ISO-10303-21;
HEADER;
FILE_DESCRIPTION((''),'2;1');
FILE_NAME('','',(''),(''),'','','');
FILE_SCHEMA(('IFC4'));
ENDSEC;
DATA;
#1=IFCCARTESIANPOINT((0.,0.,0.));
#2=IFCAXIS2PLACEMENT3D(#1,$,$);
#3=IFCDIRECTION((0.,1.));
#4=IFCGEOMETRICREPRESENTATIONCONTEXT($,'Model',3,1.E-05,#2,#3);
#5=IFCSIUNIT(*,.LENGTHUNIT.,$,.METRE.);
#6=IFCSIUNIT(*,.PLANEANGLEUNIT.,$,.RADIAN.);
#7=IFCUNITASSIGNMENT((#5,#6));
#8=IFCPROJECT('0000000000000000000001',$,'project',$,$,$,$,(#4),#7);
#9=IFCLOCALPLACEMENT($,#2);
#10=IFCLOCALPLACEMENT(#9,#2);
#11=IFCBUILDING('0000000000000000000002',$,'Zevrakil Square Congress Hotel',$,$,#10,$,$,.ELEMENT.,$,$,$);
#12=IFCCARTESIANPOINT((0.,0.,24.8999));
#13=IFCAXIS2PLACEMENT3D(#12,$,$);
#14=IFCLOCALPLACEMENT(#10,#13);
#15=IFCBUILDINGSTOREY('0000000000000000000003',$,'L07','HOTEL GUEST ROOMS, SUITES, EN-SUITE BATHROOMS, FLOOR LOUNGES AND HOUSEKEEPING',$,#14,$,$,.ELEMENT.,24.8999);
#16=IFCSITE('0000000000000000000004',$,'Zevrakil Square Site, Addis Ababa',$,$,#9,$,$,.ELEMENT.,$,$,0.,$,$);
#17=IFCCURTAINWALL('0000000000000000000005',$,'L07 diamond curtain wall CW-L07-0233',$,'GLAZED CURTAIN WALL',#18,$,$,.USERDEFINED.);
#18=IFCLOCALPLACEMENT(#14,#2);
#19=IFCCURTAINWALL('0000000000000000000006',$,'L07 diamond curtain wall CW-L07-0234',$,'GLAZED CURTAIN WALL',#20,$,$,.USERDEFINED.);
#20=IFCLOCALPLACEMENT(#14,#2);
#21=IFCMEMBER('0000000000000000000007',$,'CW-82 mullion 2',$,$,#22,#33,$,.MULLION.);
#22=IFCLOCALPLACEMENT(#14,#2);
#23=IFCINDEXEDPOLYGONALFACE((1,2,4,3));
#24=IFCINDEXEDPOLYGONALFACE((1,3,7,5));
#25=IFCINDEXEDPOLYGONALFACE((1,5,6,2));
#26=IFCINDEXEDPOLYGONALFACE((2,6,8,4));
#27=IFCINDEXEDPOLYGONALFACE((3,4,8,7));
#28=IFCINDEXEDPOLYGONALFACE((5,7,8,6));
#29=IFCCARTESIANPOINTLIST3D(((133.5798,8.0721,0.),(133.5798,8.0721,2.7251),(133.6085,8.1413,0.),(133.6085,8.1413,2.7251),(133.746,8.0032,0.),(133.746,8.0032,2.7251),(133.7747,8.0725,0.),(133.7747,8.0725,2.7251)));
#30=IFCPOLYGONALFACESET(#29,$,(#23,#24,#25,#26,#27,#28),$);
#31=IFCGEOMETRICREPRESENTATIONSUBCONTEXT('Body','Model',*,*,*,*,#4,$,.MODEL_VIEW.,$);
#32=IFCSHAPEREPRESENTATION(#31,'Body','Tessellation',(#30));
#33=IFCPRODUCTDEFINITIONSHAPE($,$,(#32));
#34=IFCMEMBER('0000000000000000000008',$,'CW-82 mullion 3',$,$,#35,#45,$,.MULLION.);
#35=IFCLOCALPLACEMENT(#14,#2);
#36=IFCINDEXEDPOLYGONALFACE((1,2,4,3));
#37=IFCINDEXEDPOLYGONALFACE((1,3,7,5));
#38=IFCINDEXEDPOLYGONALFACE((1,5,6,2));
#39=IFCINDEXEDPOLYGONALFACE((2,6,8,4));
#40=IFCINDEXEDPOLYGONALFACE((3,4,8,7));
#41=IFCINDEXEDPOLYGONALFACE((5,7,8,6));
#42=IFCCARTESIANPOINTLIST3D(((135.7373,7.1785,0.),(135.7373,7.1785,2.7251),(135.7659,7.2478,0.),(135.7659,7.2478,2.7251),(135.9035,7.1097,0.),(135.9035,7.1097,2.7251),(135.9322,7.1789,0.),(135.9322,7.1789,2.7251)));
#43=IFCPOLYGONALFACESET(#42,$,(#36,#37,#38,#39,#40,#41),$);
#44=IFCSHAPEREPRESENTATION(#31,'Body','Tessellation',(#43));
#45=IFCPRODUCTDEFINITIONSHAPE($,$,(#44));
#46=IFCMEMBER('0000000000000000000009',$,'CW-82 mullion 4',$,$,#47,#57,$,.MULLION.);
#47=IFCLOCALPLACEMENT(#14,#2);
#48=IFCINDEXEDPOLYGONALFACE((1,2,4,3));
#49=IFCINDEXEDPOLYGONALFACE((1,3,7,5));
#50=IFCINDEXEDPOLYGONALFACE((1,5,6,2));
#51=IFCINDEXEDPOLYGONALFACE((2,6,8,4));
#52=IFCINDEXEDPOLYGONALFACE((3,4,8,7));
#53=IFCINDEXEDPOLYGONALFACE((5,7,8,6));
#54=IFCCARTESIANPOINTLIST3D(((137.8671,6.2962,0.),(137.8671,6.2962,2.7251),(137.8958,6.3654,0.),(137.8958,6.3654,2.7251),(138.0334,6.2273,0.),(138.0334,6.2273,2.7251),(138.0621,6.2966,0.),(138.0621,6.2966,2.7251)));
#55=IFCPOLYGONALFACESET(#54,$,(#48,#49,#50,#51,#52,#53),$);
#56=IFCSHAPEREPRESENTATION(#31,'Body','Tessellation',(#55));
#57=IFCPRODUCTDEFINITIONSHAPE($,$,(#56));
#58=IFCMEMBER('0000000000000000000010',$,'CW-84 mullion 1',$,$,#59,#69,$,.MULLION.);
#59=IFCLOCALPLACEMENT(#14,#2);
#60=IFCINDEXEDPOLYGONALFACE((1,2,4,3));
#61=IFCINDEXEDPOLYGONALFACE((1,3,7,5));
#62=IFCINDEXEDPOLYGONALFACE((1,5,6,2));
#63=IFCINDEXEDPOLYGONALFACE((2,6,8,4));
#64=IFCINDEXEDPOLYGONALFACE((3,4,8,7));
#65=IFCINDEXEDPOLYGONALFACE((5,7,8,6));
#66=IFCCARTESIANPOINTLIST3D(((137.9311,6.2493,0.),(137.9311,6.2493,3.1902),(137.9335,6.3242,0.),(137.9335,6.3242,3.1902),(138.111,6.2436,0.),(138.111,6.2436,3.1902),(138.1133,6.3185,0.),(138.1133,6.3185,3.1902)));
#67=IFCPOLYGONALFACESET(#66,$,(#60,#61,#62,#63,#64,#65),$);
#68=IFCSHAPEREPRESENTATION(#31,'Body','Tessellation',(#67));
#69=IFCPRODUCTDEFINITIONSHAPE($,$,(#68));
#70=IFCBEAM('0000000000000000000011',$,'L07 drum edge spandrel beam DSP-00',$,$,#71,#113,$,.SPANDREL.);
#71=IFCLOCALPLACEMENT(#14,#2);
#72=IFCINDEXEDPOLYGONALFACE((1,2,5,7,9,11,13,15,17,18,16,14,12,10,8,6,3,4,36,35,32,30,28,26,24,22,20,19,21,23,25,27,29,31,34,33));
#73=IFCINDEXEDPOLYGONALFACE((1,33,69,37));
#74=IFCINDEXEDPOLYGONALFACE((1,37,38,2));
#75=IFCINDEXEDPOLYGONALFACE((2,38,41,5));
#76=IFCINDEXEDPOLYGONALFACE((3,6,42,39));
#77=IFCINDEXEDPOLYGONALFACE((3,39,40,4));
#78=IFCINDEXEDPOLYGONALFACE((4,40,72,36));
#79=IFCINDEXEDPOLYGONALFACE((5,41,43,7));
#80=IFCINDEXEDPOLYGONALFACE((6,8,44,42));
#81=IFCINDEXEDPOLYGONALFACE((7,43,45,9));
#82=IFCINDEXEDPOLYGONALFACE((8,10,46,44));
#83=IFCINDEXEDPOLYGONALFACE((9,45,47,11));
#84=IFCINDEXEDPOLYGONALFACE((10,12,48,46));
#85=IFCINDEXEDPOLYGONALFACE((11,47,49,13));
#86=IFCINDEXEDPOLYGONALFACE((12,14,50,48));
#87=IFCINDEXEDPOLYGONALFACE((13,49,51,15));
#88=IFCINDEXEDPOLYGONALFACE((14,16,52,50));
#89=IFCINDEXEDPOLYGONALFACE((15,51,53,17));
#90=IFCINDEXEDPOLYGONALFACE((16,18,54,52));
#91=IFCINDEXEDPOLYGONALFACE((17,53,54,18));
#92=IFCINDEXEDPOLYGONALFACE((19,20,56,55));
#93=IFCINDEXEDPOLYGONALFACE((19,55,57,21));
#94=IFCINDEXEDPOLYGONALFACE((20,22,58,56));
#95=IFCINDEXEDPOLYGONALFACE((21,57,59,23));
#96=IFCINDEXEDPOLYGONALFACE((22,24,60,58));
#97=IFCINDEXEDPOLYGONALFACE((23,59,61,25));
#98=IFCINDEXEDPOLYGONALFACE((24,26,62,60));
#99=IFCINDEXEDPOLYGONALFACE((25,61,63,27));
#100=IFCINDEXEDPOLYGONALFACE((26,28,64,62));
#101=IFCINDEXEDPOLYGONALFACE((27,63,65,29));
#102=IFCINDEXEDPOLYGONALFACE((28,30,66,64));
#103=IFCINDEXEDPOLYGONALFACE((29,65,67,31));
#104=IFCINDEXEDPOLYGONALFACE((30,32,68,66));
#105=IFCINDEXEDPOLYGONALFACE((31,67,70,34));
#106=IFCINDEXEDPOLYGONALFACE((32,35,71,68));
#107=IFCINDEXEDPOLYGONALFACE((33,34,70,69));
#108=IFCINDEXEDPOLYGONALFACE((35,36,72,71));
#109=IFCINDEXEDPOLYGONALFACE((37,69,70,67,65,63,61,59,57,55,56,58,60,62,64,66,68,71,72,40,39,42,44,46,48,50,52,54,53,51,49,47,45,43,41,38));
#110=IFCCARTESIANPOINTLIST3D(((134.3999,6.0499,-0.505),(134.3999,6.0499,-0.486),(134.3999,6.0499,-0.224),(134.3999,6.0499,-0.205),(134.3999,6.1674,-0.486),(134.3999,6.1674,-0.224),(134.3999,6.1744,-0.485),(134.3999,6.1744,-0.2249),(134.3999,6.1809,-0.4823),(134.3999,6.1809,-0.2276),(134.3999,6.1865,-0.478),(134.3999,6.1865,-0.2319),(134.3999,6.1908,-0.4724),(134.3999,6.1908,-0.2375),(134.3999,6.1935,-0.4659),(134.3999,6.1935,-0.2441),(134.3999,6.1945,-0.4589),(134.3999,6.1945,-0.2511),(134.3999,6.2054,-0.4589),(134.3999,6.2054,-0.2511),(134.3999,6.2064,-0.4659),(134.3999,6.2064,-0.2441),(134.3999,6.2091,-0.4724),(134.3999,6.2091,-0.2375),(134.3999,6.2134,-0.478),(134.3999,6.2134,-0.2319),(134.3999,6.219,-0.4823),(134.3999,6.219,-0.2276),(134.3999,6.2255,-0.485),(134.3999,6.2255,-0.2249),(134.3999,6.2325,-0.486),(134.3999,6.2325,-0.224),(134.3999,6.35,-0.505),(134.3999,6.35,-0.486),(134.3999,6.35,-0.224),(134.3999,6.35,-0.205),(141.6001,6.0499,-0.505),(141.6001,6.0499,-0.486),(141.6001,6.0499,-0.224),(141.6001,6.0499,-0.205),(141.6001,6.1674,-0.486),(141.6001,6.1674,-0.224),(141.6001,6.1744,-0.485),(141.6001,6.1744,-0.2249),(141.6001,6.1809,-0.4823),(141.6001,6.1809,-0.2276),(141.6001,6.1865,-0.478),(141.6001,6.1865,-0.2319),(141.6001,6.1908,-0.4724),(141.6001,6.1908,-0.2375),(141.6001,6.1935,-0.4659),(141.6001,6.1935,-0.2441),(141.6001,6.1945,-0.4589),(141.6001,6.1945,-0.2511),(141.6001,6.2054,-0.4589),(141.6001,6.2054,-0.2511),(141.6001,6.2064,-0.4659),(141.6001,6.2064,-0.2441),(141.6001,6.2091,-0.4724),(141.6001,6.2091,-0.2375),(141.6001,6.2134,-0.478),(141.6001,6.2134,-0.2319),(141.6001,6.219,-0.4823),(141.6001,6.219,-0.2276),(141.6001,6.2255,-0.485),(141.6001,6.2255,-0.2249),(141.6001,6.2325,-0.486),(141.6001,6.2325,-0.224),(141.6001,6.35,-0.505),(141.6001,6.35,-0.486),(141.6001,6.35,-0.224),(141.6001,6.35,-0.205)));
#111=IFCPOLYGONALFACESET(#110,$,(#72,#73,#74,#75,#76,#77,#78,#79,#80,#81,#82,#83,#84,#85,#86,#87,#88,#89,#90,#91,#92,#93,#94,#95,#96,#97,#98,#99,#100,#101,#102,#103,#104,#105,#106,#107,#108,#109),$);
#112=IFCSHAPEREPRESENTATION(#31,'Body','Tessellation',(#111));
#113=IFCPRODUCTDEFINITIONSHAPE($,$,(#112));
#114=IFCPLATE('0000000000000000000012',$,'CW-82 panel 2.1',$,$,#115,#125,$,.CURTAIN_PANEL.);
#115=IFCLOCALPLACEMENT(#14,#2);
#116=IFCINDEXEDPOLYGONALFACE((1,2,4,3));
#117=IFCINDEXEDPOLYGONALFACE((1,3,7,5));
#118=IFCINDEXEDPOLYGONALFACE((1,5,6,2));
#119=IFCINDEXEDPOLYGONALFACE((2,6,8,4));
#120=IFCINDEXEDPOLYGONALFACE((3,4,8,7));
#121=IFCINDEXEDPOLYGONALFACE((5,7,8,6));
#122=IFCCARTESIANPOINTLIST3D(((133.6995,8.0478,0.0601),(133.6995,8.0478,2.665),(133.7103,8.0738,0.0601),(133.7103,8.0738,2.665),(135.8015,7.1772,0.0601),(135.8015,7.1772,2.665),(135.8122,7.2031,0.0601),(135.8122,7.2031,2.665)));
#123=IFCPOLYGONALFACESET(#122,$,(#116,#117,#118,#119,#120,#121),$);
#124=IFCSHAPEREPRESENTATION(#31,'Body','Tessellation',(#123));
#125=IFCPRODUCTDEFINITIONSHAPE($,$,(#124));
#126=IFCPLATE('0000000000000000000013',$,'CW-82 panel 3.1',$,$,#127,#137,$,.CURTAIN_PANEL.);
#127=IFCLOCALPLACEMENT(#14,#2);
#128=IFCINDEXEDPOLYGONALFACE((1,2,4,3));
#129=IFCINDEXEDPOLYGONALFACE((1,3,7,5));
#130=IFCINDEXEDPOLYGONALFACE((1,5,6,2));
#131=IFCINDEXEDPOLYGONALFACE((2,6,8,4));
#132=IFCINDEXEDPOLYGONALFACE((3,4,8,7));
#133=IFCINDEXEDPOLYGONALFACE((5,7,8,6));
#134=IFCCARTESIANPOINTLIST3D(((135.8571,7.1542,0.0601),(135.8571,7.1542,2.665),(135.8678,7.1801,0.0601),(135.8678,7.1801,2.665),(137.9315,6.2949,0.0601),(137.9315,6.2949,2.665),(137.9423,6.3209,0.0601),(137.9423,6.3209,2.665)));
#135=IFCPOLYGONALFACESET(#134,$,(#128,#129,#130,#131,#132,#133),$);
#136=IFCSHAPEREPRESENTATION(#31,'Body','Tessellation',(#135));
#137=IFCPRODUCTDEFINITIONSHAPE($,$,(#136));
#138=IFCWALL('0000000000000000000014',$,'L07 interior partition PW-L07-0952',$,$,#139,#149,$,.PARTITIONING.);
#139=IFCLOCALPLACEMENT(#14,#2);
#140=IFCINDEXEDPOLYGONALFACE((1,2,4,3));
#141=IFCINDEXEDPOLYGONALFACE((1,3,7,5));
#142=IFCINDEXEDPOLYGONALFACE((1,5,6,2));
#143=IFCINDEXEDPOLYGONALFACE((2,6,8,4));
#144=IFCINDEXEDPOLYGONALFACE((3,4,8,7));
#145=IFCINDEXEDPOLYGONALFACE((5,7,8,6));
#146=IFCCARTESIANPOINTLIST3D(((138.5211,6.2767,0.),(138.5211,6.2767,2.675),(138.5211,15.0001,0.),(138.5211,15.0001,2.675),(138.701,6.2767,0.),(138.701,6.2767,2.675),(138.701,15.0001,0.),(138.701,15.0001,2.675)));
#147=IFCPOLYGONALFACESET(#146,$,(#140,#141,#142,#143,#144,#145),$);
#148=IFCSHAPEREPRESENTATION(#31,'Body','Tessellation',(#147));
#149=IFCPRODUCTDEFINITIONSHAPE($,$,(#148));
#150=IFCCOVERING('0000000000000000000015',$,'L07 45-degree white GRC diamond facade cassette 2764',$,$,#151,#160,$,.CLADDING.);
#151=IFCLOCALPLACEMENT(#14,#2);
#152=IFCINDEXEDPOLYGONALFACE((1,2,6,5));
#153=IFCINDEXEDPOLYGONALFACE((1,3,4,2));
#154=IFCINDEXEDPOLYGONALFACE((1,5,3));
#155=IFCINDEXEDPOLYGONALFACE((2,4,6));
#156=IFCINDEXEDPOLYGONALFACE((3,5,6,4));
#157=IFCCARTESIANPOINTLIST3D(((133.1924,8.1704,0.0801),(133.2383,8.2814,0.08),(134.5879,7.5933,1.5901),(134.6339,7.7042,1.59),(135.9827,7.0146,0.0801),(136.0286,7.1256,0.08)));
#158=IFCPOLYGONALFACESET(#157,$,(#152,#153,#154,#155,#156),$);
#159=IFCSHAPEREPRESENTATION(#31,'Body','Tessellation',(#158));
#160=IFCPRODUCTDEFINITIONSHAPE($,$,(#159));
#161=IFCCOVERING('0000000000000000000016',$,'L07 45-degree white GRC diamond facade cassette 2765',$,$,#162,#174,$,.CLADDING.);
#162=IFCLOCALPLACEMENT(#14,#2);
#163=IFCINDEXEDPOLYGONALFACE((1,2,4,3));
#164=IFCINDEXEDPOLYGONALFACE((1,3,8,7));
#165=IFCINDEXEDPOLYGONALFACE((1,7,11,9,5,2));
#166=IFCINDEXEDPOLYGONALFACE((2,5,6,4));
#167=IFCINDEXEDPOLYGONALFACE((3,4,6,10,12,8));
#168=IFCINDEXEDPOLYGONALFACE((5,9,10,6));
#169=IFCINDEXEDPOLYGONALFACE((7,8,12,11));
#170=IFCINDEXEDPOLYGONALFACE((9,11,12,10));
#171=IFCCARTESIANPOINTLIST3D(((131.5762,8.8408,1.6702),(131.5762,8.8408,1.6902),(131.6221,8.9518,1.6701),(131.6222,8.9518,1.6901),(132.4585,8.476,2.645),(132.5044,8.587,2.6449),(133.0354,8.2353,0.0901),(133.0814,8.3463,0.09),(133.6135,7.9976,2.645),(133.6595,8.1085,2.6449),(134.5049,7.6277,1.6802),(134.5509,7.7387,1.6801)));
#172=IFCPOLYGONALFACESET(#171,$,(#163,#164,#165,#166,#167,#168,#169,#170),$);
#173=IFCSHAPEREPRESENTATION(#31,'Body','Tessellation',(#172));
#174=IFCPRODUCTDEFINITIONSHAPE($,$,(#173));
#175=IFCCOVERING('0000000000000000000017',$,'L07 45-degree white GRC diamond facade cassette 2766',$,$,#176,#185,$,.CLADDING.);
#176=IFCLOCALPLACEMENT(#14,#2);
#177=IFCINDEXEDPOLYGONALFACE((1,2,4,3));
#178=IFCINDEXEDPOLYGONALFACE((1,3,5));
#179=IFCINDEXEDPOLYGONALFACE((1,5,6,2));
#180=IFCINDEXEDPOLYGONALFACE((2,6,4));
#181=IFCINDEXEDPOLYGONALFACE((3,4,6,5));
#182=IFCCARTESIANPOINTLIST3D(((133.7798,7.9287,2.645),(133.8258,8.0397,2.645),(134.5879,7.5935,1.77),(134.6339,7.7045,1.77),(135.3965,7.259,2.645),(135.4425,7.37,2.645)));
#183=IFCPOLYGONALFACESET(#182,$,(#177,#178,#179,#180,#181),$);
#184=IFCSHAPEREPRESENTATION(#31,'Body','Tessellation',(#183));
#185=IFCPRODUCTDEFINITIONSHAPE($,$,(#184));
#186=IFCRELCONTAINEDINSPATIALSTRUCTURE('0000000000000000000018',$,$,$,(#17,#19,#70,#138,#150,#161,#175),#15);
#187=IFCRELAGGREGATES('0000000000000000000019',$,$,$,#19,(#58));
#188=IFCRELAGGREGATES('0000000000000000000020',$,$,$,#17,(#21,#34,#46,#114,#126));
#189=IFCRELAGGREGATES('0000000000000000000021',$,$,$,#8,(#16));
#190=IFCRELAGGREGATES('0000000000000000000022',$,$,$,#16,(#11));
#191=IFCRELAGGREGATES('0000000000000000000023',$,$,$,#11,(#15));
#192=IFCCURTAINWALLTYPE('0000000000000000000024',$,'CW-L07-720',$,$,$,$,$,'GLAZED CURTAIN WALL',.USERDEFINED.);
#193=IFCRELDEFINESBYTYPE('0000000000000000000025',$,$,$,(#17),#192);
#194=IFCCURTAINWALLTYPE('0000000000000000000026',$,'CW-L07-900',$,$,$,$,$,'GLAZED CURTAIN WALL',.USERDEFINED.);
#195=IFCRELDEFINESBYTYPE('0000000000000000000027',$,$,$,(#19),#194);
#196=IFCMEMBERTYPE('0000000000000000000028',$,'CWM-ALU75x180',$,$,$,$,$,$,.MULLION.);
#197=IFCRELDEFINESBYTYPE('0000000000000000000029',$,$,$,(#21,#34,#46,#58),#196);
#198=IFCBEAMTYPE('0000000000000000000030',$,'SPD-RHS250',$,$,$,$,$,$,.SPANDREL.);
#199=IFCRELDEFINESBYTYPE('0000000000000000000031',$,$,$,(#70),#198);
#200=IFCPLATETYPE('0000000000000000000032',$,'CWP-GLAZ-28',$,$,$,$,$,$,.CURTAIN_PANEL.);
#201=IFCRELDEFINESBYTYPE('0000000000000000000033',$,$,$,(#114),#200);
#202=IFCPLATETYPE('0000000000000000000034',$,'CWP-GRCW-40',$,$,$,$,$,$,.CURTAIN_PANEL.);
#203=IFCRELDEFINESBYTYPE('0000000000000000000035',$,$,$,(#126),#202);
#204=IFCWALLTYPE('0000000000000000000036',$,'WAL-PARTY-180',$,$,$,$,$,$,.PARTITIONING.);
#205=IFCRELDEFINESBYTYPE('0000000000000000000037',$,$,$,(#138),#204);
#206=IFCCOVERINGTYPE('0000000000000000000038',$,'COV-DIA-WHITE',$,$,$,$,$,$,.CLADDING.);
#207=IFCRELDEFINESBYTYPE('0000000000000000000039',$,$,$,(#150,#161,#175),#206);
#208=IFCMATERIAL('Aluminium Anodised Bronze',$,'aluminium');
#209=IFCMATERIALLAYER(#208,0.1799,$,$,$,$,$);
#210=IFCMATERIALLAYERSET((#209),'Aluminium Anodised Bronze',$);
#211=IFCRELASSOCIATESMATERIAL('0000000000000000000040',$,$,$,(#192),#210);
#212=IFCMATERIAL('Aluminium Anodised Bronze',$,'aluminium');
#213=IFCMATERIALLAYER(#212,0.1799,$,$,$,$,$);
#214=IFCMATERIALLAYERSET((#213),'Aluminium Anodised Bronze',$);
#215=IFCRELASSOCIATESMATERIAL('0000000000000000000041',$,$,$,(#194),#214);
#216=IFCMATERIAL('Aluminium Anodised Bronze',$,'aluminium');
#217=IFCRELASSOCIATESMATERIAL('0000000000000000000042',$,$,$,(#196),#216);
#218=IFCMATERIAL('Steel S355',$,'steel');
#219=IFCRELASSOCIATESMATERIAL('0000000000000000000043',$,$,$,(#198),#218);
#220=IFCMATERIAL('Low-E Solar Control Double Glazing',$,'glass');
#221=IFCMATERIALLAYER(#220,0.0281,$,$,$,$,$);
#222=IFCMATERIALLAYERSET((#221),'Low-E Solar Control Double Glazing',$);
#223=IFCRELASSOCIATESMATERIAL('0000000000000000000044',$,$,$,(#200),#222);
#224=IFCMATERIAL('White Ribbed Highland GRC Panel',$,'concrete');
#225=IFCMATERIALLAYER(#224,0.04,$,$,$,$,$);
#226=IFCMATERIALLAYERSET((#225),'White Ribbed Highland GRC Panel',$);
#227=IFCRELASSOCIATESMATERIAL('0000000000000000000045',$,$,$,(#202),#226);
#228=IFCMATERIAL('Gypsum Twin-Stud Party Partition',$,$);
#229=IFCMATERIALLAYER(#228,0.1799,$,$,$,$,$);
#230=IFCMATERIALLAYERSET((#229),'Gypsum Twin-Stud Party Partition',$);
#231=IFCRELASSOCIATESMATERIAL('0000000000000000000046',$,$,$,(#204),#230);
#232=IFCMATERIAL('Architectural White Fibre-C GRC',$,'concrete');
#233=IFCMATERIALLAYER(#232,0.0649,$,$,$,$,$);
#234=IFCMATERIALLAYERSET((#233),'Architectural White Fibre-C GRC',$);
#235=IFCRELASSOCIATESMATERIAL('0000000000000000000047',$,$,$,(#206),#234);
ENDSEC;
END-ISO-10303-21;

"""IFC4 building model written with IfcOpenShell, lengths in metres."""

from ifc_helpers import new_model, si_unit, direction, frame, frame_2d, origin, origin_2d, place, context, subcontext, project, spatial, polyline, rectangle, i_section, outline, extrude, material, layer, layer_set, material_profile, profile_set, type_object, element, aggregate, save


model = new_model("IFC4")

# Units and contexts
model_context = context("Model", 3, precision=1e-05, world=origin(), true_north=direction((0.0, 1.0)))
body_context = subcontext(model_context, "Body", "Model", "MODEL_VIEW")
ifc_project = project(units=[si_unit("LENGTHUNIT", "METRE"), si_unit("PLANEANGLEUNIT", "RADIAN")], contexts=[model_context])

# Site, building, storey
site_placement = place(None, origin())
site = spatial("IfcSite", under=ifc_project, at=site_placement, Name="Zevrakil Square Site, Addis Ababa", CompositionType="ELEMENT", RefElevation=0.0)
building_placement = place(site_placement, origin())
building = spatial("IfcBuilding", under=site, at=building_placement, Name="Zevrakil Square Congress Hotel", CompositionType="ELEMENT")
storey_placement = place(building_placement, frame((0.0, 0.0, 24.8999)))
storey = spatial("IfcBuildingStorey", under=building, at=storey_placement, Name="L07", Description="HOTEL GUEST ROOMS, SUITES, EN-SUITE BATHROOMS, FLOOR LOUNGES AND HOUSEKEEPING", CompositionType="ELEMENT", Elevation=24.8999)

# Curtain walls
ifc_material_1 = material(Name="Aluminium Anodised Bronze", Category="aluminium")
ifc_layer_1 = layer(ifc_material_1, 0.1799)
ifc_layer_set_1 = layer_set([ifc_layer_1], Name="Aluminium Anodised Bronze")
curtain_wall_type_1 = type_object("IfcCurtainWallType", Name="CW-L07-720", ElementType="GLAZED CURTAIN WALL", PredefinedType="USERDEFINED", material=ifc_layer_set_1)
curtain_wall_1_placement = place(storey_placement, origin())
curtain_wall_1 = element("IfcCurtainWall", 1, at=curtain_wall_1_placement, inside=storey, type_object=curtain_wall_type_1, Name="L07 diamond curtain wall CW-L07-0233", ObjectType="GLAZED CURTAIN WALL", PredefinedType="USERDEFINED")
ifc_material_2 = material(Name="Aluminium Anodised Bronze", Category="aluminium")
ifc_layer_2 = layer(ifc_material_2, 0.1799)
ifc_layer_set_2 = layer_set([ifc_layer_2], Name="Aluminium Anodised Bronze")
curtain_wall_type_2 = type_object("IfcCurtainWallType", Name="CW-L07-900", ElementType="GLAZED CURTAIN WALL", PredefinedType="USERDEFINED", material=ifc_layer_set_2)
curtain_wall_2_placement = place(storey_placement, origin())
curtain_wall_2 = element("IfcCurtainWall", 2, at=curtain_wall_2_placement, inside=storey, type_object=curtain_wall_type_2, Name="L07 diamond curtain wall CW-L07-0234", ObjectType="GLAZED CURTAIN WALL", PredefinedType="USERDEFINED")

# Members
ifc_material_3 = material(Name="Aluminium Anodised Bronze", Category="aluminium")
ifc_material_profile_1 = material_profile(ifc_material_3, rectangle(XDim=0.075, YDim=0.1799, at=origin_2d()), Name="ALU 75x180")
ifc_profile_set_1 = profile_set([ifc_material_profile_1], Name="Aluminium Anodised Bronze")
member_type_1 = type_object("IfcMemberType", Name="CWM-ALU75x180", PredefinedType="MULLION", material=ifc_profile_set_1)
member_1_placement = place(storey_placement, frame((133.6772, 8.0723, 0.0), z_axis=(0.0, 0.0, 1.0), x_axis=(0.382684, 0.923879, 0.0)))
member_1 = element("IfcMember", 3, at=member_1_placement, type_object=member_type_1, Name="CW-82 mullion 2", PredefinedType="MULLION", context=body_context, shape_type="SweptSolid", body=[
    extrude(rectangle(XDim=0.075, YDim=0.1799, at=origin_2d()), origin(), (0.0, 0.0, 1.0), 2.7251),
])
member_2_placement = place(storey_placement, frame((135.8347, 7.1787, 0.0), z_axis=(0.0, 0.0, 1.0), x_axis=(0.382684, 0.923879, 0.0)))
member_2 = element("IfcMember", 4, at=member_2_placement, type_object=member_type_1, Name="CW-82 mullion 3", PredefinedType="MULLION", context=body_context, shape_type="SweptSolid", body=[
    extrude(rectangle(XDim=0.075, YDim=0.1799, at=origin_2d()), origin(), (0.0, 0.0, 1.0), 2.7251),
])
member_3_placement = place(storey_placement, frame((137.9646, 6.2964, 0.0), z_axis=(0.0, 0.0, 1.0), x_axis=(0.382684, 0.923879, 0.0)))
member_3 = element("IfcMember", 5, at=member_3_placement, type_object=member_type_1, Name="CW-82 mullion 4", PredefinedType="MULLION", context=body_context, shape_type="SweptSolid", body=[
    extrude(rectangle(XDim=0.075, YDim=0.1799, at=origin_2d()), origin(), (0.0, 0.0, 1.0), 2.7251),
])
member_4_placement = place(storey_placement, frame((138.0222, 6.2839, 0.0), z_axis=(0.0, 0.0, 1.0), x_axis=(0.031598, 0.999501, 0.0)))
member_4 = element("IfcMember", 6, at=member_4_placement, type_object=member_type_1, Name="CW-84 mullion 1", PredefinedType="MULLION", context=body_context, shape_type="SweptSolid", body=[
    extrude(rectangle(XDim=0.075, YDim=0.1799, at=origin_2d()), origin(), (0.0, 0.0, 1.0), 3.1902),
])
aggregate(curtain_wall_2, [member_4])

# Beam
ifc_material_4 = material(Name="Steel S355", Category="steel")
ifc_material_profile_2 = material_profile(ifc_material_4, i_section(OverallWidth=0.3, OverallDepth=0.3, WebThickness=0.011, FlangeThickness=0.019, FilletRadius=0.0271, at=origin_2d()), Name="HEB 300")
ifc_profile_set_2 = profile_set([ifc_material_profile_2], Name="Steel S355")
beam_type_1 = type_object("IfcBeamType", Name="SPD-RHS250", PredefinedType="SPANDREL", material=ifc_profile_set_2)
beam_1_placement = place(storey_placement, frame((134.3999, 6.2, -0.355), z_axis=(1.0, 0.0, 0.0), x_axis=(0.0, 1.0, 0.0)))
element("IfcBeam", 7, at=beam_1_placement, inside=storey, type_object=beam_type_1, Name="L07 drum edge spandrel beam DSP-00", PredefinedType="SPANDREL", context=body_context, shape_type="SweptSolid", body=[
    extrude(i_section(OverallWidth=0.3, OverallDepth=0.3, WebThickness=0.011, FlangeThickness=0.019, FilletRadius=0.0271, at=origin_2d()), origin(), (0.0, 0.0, 1.0), 7.2002),
])

# Plates
ifc_material_5 = material(Name="Low-E Solar Control Double Glazing", Category="glass")
ifc_layer_3 = layer(ifc_material_5, 0.0281)
ifc_layer_set_3 = layer_set([ifc_layer_3], Name="Low-E Solar Control Double Glazing")
plate_type_1 = type_object("IfcPlateType", Name="CWP-GLAZ-28", PredefinedType="CURTAIN_PANEL", material=ifc_layer_set_3)
plate_1_placement = place(storey_placement, frame((134.7559, 7.6255, 0.0601), z_axis=(0.0, 0.0, 1.0), x_axis=(0.923879, -0.382684, 0.0)))
plate_1 = element("IfcPlate", 8, at=plate_1_placement, type_object=plate_type_1, Name="CW-82 panel 2.1", PredefinedType="CURTAIN_PANEL", context=body_context, shape_type="SweptSolid", body=[
    extrude(rectangle(XDim=2.2751, YDim=0.0281, at=origin_2d()), origin(), (0.0, 0.0, 1.0), 2.605),
])
ifc_material_6 = material(Name="White Ribbed Highland GRC Panel", Category="concrete")
ifc_layer_4 = layer(ifc_material_6, 0.04)
ifc_layer_set_4 = layer_set([ifc_layer_4], Name="White Ribbed Highland GRC Panel")
plate_type_2 = type_object("IfcPlateType", Name="CWP-GRCW-40", PredefinedType="CURTAIN_PANEL", material=ifc_layer_set_4)
plate_2_placement = place(storey_placement, frame((136.8997, 6.7375, 0.0601), z_axis=(0.0, 0.0, 1.0), x_axis=(0.923879, -0.382684, 0.0)))
plate_2 = element("IfcPlate", 9, at=plate_2_placement, type_object=plate_type_2, Name="CW-82 panel 3.1", PredefinedType="CURTAIN_PANEL", context=body_context, shape_type="SweptSolid", body=[
    extrude(rectangle(XDim=2.2454, YDim=0.0281, at=origin_2d()), origin(), (0.0, 0.0, 1.0), 2.605),
])
aggregate(curtain_wall_1, [member_1, member_2, member_3, plate_1, plate_2])

# Wall
ifc_material_7 = material(Name="Gypsum Twin-Stud Party Partition")
ifc_layer_5 = layer(ifc_material_7, 0.1799)
ifc_layer_set_5 = layer_set([ifc_layer_5], Name="Gypsum Twin-Stud Party Partition")
wall_type = type_object("IfcWallType", Name="WAL-PARTY-180", PredefinedType="PARTITIONING", material=ifc_layer_set_5)
wall_placement = place(storey_placement, frame((138.6111, 6.2766, 0.0), z_axis=(0.0, 0.0, 1.0), x_axis=(0.0, 1.0, 0.0)))
element("IfcWall", 10, at=wall_placement, inside=storey, type_object=wall_type, Name="L07 interior partition PW-L07-0952", PredefinedType="PARTITIONING", context=body_context, shape_type="SweptSolid", body=[
    extrude(rectangle(XDim=8.7234, YDim=0.1799, at=frame_2d((4.3618, 0.0))), origin(), (0.0, 0.0, 1.0), 2.675),
])

# Coverings
ifc_material_8 = material(Name="Architectural White Fibre-C GRC", Category="concrete")
ifc_layer_6 = layer(ifc_material_8, 0.0649)
ifc_layer_set_6 = layer_set([ifc_layer_6], Name="Architectural White Fibre-C GRC")
covering_type_1 = type_object("IfcCoveringType", Name="COV-DIA-WHITE", PredefinedType="CLADDING", material=ifc_layer_set_6)
covering_1_placement = place(storey_placement, frame((134.5879, 7.5933, 1.5901), z_axis=(-0.38268, -0.923881, 0.000541), x_axis=(0.65314, -0.270951, -0.707102)))
element("IfcCovering", 11, at=covering_1_placement, inside=storey, type_object=covering_type_1, Name="L07 45-degree white GRC diamond facade cassette 2764", PredefinedType="CLADDING", context=body_context, shape_type="SweptSolid", body=[
    extrude(outline(polyline([(0.0, 0.0), (2.1355, 0.0), (-0.0001, -2.1356), (0.0, 0.0)])), origin(), (0.0, 0.0, -1.0), 0.1201),
])
covering_2_placement = place(storey_placement, frame((134.5049, 7.6277, 1.6802), z_axis=(-0.382697, -0.923874, 0.000625), x_axis=(-0.653463, 0.270206, -0.707089)))
element("IfcCovering", 12, at=covering_2_placement, inside=storey, type_object=covering_type_1, Name="L07 45-degree white GRC diamond facade cassette 2765", PredefinedType="CLADDING", context=body_context, shape_type="SweptSolid", body=[
    extrude(outline(polyline([(0.0, 0.0), (2.2488, 0.0), (2.2487, -2.2344), (2.2345, -2.2486), (0.8842, -2.2487), (0.0002, -1.3646), (0.0, 0.0)])), origin(), (0.0, 0.0, -1.0), 0.1201),
])
covering_3_placement = place(storey_placement, frame((134.5879, 7.5935, 1.77), z_axis=(-0.382693, -0.923876, 0.000493), x_axis=(-0.653096, 0.270907, 0.707159)))
element("IfcCovering", 13, at=covering_3_placement, inside=storey, type_object=covering_type_1, Name="L07 45-degree white GRC diamond facade cassette 2766", PredefinedType="CLADDING", context=body_context, shape_type="SweptSolid", body=[
    extrude(outline(polyline([(0.0, 0.0), (1.2373, 0.0), (0.0001, -1.2375), (0.0, 0.0)])), origin(), (0.0, 0.0, -1.0), 0.1201),
])

save(model, "model.ifc")
